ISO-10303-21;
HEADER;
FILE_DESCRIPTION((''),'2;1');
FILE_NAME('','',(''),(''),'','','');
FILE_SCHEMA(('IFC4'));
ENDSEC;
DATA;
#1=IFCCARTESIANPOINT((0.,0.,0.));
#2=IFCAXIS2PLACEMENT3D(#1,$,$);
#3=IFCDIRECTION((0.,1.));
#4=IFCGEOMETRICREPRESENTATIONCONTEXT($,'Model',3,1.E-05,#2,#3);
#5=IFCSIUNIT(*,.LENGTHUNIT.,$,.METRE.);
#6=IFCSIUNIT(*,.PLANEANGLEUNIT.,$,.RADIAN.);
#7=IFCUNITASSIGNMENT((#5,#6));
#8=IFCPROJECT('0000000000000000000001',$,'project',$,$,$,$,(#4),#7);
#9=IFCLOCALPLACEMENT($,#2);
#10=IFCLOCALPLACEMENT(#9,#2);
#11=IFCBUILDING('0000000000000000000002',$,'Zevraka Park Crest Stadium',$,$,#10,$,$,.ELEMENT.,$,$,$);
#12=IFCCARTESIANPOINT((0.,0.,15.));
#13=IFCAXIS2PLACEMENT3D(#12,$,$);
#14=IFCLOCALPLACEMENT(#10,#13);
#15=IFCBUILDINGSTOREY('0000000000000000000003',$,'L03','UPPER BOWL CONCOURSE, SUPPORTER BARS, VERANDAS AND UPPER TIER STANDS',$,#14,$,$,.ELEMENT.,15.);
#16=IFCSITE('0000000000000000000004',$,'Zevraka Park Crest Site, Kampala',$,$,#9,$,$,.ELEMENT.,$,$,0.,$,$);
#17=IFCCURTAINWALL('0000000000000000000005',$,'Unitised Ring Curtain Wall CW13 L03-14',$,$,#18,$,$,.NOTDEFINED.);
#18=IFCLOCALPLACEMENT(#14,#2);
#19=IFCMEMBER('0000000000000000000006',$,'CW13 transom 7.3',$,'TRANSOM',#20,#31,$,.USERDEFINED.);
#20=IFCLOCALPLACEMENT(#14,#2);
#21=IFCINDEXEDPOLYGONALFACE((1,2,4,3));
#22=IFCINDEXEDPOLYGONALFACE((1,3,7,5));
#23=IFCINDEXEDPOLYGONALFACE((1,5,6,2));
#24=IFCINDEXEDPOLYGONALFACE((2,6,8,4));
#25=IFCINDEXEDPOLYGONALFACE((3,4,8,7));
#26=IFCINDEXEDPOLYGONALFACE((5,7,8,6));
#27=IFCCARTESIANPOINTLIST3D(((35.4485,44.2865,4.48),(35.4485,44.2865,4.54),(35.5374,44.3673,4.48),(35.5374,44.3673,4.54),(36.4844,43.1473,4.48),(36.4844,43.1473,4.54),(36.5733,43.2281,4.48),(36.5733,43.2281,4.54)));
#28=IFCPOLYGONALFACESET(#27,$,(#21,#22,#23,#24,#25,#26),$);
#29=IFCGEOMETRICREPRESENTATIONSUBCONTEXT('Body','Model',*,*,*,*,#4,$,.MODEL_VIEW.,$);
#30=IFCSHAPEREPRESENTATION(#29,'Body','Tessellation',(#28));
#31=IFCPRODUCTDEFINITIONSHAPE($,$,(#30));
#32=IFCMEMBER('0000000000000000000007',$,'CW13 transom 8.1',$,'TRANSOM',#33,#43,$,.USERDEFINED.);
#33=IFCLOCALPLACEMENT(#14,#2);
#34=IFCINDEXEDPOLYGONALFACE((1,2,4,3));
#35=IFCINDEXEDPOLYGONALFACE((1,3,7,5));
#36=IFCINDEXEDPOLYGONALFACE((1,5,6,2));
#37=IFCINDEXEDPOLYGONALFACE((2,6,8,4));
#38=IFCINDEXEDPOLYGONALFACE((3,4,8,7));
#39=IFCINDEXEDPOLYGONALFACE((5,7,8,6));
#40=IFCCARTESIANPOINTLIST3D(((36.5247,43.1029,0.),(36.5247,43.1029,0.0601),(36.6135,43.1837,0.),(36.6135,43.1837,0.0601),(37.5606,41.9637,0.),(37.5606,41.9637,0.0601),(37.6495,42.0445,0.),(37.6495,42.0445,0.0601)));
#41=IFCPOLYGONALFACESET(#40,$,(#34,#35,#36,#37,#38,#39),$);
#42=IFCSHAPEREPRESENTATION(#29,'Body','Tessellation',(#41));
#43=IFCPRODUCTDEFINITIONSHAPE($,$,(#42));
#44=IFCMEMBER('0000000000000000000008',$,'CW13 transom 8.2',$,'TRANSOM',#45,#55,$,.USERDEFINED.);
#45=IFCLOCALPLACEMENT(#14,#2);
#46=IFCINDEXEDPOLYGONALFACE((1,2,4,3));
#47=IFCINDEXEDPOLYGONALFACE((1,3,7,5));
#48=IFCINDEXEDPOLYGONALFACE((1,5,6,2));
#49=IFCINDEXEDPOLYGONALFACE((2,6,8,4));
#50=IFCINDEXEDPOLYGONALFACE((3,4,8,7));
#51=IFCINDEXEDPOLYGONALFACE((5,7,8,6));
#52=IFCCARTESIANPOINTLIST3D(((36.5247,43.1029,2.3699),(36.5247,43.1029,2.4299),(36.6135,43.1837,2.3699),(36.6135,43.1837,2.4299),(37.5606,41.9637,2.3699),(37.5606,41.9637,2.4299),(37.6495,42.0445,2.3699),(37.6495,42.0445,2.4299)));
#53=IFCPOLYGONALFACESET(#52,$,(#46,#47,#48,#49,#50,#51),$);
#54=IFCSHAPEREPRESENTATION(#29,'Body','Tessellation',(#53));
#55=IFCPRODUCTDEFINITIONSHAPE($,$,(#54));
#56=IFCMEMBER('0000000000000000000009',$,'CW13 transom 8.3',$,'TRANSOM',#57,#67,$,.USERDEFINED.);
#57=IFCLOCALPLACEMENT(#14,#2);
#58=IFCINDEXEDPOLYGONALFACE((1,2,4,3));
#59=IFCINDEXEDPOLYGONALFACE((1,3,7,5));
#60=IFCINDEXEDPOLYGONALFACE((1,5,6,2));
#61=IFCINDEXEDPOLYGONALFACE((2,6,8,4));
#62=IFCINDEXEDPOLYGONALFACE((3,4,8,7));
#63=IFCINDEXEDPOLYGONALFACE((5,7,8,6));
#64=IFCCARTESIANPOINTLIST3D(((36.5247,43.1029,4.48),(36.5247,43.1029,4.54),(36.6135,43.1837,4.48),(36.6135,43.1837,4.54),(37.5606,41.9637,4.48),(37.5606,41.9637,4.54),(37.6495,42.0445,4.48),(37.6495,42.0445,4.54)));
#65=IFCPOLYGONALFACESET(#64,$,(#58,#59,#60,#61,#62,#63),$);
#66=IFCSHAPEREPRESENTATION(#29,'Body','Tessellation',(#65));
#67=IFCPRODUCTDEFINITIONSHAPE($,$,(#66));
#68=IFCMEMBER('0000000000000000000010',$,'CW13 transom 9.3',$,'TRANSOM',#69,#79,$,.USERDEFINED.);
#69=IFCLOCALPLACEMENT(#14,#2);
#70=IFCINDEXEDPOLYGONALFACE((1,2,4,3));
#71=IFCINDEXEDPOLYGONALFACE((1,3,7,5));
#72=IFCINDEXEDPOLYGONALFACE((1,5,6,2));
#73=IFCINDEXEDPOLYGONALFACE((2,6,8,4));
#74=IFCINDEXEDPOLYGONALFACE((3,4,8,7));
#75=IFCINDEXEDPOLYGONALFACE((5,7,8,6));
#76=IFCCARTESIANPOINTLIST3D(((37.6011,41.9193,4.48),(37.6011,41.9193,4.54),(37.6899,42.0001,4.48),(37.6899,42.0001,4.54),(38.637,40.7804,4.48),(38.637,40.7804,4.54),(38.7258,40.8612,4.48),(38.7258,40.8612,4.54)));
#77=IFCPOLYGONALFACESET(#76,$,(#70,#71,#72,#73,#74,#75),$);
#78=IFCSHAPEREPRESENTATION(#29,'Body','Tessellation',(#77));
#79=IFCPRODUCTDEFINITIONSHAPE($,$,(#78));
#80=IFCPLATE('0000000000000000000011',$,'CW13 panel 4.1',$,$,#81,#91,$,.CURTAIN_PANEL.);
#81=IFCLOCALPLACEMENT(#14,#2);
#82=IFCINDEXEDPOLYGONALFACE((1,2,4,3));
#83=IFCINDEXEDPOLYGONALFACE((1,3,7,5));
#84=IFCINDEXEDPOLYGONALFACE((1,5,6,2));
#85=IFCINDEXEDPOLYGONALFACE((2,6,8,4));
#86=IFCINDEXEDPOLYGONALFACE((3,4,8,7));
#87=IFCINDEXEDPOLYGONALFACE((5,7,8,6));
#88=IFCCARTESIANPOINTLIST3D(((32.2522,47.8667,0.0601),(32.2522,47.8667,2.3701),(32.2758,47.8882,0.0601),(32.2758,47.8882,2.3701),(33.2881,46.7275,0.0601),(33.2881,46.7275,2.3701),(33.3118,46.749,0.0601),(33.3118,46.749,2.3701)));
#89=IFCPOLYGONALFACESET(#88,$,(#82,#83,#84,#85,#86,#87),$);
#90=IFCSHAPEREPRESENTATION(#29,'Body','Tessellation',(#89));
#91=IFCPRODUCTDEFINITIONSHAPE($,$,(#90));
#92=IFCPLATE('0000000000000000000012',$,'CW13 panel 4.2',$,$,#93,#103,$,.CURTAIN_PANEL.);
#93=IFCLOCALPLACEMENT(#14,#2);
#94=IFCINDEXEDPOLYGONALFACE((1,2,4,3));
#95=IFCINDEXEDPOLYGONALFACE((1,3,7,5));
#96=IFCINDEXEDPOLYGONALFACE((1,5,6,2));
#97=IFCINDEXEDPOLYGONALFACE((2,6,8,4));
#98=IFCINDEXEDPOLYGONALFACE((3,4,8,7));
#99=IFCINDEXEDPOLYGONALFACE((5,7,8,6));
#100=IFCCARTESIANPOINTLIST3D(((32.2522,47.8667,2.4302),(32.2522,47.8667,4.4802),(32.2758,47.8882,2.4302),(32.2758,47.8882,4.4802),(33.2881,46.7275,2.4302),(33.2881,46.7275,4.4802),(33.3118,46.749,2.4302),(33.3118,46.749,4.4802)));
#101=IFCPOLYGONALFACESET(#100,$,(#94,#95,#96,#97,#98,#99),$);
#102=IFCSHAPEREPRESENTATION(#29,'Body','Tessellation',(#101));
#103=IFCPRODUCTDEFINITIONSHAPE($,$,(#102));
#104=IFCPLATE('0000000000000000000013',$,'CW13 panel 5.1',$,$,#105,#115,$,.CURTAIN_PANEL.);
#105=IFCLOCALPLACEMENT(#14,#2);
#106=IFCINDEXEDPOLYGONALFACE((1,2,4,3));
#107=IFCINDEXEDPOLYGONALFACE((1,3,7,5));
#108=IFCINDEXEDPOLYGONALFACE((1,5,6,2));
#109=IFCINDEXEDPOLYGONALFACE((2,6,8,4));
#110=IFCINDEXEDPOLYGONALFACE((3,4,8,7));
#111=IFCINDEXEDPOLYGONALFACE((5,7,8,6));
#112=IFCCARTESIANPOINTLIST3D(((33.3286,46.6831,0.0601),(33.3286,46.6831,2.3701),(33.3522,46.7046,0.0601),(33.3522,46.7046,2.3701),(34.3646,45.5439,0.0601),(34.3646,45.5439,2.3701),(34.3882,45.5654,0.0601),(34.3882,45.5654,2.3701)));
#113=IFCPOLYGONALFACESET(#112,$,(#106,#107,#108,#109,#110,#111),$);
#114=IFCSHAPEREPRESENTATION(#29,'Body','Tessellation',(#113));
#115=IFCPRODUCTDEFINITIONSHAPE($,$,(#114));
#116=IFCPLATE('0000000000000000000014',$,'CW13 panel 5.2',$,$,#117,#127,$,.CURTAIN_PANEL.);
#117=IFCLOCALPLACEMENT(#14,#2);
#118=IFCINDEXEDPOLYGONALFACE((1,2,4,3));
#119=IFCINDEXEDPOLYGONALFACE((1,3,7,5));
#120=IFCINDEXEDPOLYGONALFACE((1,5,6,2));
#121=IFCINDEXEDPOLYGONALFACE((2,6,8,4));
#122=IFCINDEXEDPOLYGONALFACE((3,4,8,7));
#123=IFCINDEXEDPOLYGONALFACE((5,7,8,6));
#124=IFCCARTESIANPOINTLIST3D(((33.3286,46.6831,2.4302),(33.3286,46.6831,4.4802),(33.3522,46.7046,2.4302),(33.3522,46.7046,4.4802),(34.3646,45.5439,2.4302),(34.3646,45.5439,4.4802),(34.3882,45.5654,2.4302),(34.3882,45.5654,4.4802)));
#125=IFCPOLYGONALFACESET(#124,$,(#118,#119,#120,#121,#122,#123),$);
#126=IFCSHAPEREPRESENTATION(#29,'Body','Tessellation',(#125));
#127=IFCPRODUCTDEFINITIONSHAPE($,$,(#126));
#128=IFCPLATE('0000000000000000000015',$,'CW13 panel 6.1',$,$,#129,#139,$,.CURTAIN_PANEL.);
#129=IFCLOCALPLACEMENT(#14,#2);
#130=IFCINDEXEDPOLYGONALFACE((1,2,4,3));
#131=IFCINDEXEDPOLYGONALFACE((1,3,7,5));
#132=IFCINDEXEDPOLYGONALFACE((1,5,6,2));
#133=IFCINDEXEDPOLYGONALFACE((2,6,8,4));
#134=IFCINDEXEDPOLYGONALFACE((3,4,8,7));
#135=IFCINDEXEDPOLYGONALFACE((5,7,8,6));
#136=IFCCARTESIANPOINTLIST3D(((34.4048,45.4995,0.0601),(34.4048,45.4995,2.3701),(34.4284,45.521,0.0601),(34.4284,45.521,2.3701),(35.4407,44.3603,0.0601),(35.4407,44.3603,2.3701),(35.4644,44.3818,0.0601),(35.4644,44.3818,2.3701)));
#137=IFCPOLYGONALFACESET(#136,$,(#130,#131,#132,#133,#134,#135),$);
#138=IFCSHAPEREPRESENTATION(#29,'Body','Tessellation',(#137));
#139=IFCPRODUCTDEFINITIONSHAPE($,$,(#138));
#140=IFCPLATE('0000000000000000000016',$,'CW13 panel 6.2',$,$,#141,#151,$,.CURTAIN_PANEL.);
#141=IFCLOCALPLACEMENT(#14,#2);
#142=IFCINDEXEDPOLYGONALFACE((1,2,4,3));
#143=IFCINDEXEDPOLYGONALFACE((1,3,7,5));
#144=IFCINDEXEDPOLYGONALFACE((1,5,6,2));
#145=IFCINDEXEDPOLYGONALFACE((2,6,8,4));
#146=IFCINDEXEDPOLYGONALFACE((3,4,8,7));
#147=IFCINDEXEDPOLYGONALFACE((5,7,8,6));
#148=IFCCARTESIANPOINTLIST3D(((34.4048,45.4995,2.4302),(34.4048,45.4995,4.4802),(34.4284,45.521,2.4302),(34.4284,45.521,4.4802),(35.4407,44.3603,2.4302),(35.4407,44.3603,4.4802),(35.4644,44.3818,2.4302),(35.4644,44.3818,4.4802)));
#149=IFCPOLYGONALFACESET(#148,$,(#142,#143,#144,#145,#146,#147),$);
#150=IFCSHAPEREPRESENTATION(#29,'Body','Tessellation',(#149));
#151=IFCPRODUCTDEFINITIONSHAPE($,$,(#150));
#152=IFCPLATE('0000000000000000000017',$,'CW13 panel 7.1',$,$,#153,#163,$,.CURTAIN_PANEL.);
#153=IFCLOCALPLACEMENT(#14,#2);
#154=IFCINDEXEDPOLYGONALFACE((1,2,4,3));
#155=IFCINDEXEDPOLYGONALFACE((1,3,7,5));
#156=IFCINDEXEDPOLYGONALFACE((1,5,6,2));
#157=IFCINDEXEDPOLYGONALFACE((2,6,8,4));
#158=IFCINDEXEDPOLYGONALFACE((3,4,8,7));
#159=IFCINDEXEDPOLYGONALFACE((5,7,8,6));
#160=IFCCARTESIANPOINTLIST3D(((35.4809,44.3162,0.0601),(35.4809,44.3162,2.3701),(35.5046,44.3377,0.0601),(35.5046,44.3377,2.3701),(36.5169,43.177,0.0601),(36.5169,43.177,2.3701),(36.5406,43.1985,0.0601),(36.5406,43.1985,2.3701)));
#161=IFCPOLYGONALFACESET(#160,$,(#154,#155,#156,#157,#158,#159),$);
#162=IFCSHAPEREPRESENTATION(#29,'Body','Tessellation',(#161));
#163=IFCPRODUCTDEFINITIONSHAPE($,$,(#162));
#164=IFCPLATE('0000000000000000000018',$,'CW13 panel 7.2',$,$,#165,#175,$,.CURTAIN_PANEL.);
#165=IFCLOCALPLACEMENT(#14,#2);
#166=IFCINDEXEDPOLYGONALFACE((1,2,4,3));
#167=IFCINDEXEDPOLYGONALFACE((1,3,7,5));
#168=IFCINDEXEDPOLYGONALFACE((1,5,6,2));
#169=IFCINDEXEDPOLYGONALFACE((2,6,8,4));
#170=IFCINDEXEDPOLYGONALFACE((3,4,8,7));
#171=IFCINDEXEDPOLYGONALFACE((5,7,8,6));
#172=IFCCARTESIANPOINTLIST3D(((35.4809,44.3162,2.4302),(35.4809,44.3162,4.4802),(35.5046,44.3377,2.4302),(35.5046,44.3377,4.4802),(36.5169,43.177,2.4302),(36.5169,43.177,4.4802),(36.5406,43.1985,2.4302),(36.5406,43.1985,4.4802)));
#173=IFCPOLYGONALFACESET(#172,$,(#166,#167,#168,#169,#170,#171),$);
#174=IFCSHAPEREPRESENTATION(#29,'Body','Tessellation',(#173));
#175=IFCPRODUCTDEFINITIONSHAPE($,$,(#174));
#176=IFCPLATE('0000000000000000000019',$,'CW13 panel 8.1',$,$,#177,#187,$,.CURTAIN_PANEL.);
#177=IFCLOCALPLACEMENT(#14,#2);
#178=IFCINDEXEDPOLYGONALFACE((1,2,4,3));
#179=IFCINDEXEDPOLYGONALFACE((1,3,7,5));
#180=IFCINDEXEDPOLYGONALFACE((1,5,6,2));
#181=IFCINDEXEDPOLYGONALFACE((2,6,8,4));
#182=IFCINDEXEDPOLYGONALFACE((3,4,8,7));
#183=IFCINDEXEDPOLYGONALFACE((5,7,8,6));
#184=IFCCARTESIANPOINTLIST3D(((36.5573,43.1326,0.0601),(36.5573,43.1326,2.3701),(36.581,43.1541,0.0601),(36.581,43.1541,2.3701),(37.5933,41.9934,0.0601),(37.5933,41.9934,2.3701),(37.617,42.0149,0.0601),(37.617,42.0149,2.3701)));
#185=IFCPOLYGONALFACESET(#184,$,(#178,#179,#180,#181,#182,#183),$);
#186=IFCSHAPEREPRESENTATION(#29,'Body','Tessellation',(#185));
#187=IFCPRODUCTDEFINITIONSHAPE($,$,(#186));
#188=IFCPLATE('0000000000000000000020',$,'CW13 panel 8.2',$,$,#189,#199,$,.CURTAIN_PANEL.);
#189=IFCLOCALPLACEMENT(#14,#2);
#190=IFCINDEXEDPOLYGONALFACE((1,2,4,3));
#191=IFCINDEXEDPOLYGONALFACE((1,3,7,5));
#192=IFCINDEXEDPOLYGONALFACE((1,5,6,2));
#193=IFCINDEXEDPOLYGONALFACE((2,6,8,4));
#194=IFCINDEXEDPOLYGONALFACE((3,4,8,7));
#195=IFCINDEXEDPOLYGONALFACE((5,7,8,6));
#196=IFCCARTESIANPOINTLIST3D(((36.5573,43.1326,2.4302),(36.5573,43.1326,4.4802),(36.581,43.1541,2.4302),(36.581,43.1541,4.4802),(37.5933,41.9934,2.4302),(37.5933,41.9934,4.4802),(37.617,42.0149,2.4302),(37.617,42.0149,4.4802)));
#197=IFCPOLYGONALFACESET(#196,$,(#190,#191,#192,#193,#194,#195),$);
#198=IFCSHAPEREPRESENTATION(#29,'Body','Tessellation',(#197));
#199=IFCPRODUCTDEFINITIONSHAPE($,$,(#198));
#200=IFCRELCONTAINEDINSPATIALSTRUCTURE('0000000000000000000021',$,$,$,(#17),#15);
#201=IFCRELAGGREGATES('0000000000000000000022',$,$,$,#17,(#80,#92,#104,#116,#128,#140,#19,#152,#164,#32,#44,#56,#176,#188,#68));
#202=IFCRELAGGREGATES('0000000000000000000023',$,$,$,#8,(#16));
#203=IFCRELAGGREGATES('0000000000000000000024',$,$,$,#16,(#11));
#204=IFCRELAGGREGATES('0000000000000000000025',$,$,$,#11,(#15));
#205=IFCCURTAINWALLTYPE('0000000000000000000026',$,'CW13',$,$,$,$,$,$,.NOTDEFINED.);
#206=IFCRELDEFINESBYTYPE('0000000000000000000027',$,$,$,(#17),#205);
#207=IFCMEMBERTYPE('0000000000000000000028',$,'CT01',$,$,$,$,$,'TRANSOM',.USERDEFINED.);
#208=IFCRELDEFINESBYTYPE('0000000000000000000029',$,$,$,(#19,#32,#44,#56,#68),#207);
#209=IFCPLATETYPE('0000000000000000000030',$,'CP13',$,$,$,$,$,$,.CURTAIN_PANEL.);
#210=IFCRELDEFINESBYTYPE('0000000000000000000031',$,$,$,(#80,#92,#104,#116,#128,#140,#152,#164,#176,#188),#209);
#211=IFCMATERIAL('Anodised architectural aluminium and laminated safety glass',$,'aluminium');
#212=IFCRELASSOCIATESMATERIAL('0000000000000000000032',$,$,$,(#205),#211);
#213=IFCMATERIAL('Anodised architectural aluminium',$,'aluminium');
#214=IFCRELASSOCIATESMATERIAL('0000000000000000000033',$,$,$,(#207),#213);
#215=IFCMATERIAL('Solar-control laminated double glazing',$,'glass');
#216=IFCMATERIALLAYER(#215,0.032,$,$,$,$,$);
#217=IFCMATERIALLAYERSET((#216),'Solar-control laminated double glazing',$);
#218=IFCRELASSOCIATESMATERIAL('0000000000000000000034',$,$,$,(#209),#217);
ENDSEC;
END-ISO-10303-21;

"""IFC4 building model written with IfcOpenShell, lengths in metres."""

from ifc_helpers import new_model, si_unit, direction, frame, origin, origin_2d, place, context, subcontext, project, spatial, rectangle, extrude, material, layer, layer_set, material_profile, profile_set, type_object, element, aggregate, save


model = new_model("IFC4")

# Units and contexts
model_context = context("Model", 3, precision=1e-05, world=origin(), true_north=direction((0.0, 1.0)))
body_context = subcontext(model_context, "Body", "Model", "MODEL_VIEW")
ifc_project = project(units=[si_unit("LENGTHUNIT", "METRE"), si_unit("PLANEANGLEUNIT", "RADIAN")], contexts=[model_context])

# Site, building, storey
site_placement = place(None, origin())
site = spatial("IfcSite", under=ifc_project, at=site_placement, Name="Zevraka Park Crest Site, Kampala", CompositionType="ELEMENT", RefElevation=0.0)
building_placement = place(site_placement, origin())
building = spatial("IfcBuilding", under=site, at=building_placement, Name="Zevraka Park Crest Stadium", CompositionType="ELEMENT")
storey_placement = place(building_placement, frame((0.0, 0.0, 15.0)))
storey = spatial("IfcBuildingStorey", under=building, at=storey_placement, Name="L03", Description="UPPER BOWL CONCOURSE, SUPPORTER BARS, VERANDAS AND UPPER TIER STANDS", CompositionType="ELEMENT", Elevation=15.0)

# Curtain wall, members, plates
ifc_material_1 = material(Name="Anodised architectural aluminium and laminated safety glass", Category="aluminium")
curtain_wall_type = type_object("IfcCurtainWallType", Name="CW13", PredefinedType="NOTDEFINED", material=ifc_material_1)
curtain_wall_placement = place(storey_placement, origin())
curtain_wall = element("IfcCurtainWall", 1, at=curtain_wall_placement, inside=storey, type_object=curtain_wall_type, Name="Unitised Ring Curtain Wall CW13 L03-14", PredefinedType="NOTDEFINED")
ifc_material_2 = material(Name="Anodised architectural aluminium", Category="aluminium")
ifc_material_profile_1 = material_profile(ifc_material_2, rectangle(XDim=0.1201, YDim=0.0601, at=origin_2d()), Name="ALU TRANSOM 120x60")
ifc_profile_set_1 = profile_set([ifc_material_profile_1], Name="Anodised architectural aluminium")
member_type_1 = type_object("IfcMemberType", Name="CT01", ElementType="TRANSOM", PredefinedType="USERDEFINED", material=ifc_profile_set_1)
member_1_placement = place(storey_placement, frame((35.4929, 44.3269, 4.51), z_axis=(0.672775, -0.739847, 0.0), x_axis=(0.739847, 0.672775, 0.0)))
member_1 = element("IfcMember", 2, at=member_1_placement, type_object=member_type_1, Name="CW13 transom 7.3", ObjectType="TRANSOM", PredefinedType="USERDEFINED", context=body_context, shape_type="SweptSolid", body=[
    extrude(rectangle(XDim=0.1201, YDim=0.0601, at=origin_2d()), origin(), (0.0, 0.0, 1.0), 1.5398),
])
member_2_placement = place(storey_placement, frame((36.5691, 43.1433, 0.03), z_axis=(0.672775, -0.739847, 0.0), x_axis=(0.739847, 0.672775, 0.0)))
member_2 = element("IfcMember", 3, at=member_2_placement, type_object=member_type_1, Name="CW13 transom 8.1", ObjectType="TRANSOM", PredefinedType="USERDEFINED", context=body_context, shape_type="SweptSolid", body=[
    extrude(rectangle(XDim=0.1201, YDim=0.0601, at=origin_2d()), origin(), (0.0, 0.0, 1.0), 1.5398),
])
member_3_placement = place(storey_placement, frame((36.5691, 43.1433, 2.3999), z_axis=(0.672775, -0.739847, 0.0), x_axis=(0.739847, 0.672775, 0.0)))
member_3 = element("IfcMember", 4, at=member_3_placement, type_object=member_type_1, Name="CW13 transom 8.2", ObjectType="TRANSOM", PredefinedType="USERDEFINED", context=body_context, shape_type="SweptSolid", body=[
    extrude(rectangle(XDim=0.1201, YDim=0.0601, at=origin_2d()), origin(), (0.0, 0.0, 1.0), 1.5398),
])
member_4_placement = place(storey_placement, frame((36.5691, 43.1433, 4.51), z_axis=(0.672775, -0.739847, 0.0), x_axis=(0.739847, 0.672775, 0.0)))
member_4 = element("IfcMember", 5, at=member_4_placement, type_object=member_type_1, Name="CW13 transom 8.3", ObjectType="TRANSOM", PredefinedType="USERDEFINED", context=body_context, shape_type="SweptSolid", body=[
    extrude(rectangle(XDim=0.1201, YDim=0.0601, at=origin_2d()), origin(), (0.0, 0.0, 1.0), 1.5398),
])
member_5_placement = place(storey_placement, frame((37.6455, 41.9597, 4.51), z_axis=(0.672854, -0.739775, 0.0), x_axis=(0.739775, 0.672854, 0.0)))
member_5 = element("IfcMember", 6, at=member_5_placement, type_object=member_type_1, Name="CW13 transom 9.3", ObjectType="TRANSOM", PredefinedType="USERDEFINED", context=body_context, shape_type="SweptSolid", body=[
    extrude(rectangle(XDim=0.1201, YDim=0.0601, at=origin_2d()), origin(), (0.0, 0.0, 1.0), 1.5396),
])
ifc_material_3 = material(Name="Solar-control laminated double glazing", Category="glass")
ifc_layer_1 = layer(ifc_material_3, 0.032)
ifc_layer_set_1 = layer_set([ifc_layer_1], Name="Solar-control laminated double glazing")
plate_type = type_object("IfcPlateType", Name="CP13", PredefinedType="CURTAIN_PANEL", material=ifc_layer_set_1)
plate_1_placement = place(storey_placement, frame((32.782, 47.3079, 0.0601), z_axis=(0.0, 0.0, 1.0), x_axis=(0.672802, -0.739823, 0.0)))
plate_1 = element("IfcPlate", 7, at=plate_1_placement, type_object=plate_type, Name="CW13 panel 4.1", PredefinedType="CURTAIN_PANEL", context=body_context, shape_type="SweptSolid", body=[
    extrude(rectangle(XDim=1.5398, YDim=0.032, at=origin_2d()), origin(), (0.0, 0.0, 1.0), 2.3101),
])
plate_2_placement = place(storey_placement, frame((32.782, 47.3079, 2.4302), z_axis=(0.0, 0.0, 1.0), x_axis=(0.672802, -0.739823, 0.0)))
plate_2 = element("IfcPlate", 8, at=plate_2_placement, type_object=plate_type, Name="CW13 panel 4.2", PredefinedType="CURTAIN_PANEL", context=body_context, shape_type="SweptSolid", body=[
    extrude(rectangle(XDim=1.5398, YDim=0.032, at=origin_2d()), origin(), (0.0, 0.0, 1.0), 2.05),
])
plate_3_placement = place(storey_placement, frame((33.8584, 46.1243, 0.0601), z_axis=(0.0, 0.0, 1.0), x_axis=(0.672802, -0.739823, 0.0)))
plate_3 = element("IfcPlate", 9, at=plate_3_placement, type_object=plate_type, Name="CW13 panel 5.1", PredefinedType="CURTAIN_PANEL", context=body_context, shape_type="SweptSolid", body=[
    extrude(rectangle(XDim=1.5398, YDim=0.032, at=origin_2d()), origin(), (0.0, 0.0, 1.0), 2.3101),
])
plate_4_placement = place(storey_placement, frame((33.8584, 46.1243, 2.4302), z_axis=(0.0, 0.0, 1.0), x_axis=(0.672802, -0.739823, 0.0)))
plate_4 = element("IfcPlate", 10, at=plate_4_placement, type_object=plate_type, Name="CW13 panel 5.2", PredefinedType="CURTAIN_PANEL", context=body_context, shape_type="SweptSolid", body=[
    extrude(rectangle(XDim=1.5398, YDim=0.032, at=origin_2d()), origin(), (0.0, 0.0, 1.0), 2.05),
])
plate_5_placement = place(storey_placement, frame((34.9346, 44.9407, 0.0601), z_axis=(0.0, 0.0, 1.0), x_axis=(0.672802, -0.739823, 0.0)))
plate_5 = element("IfcPlate", 11, at=plate_5_placement, type_object=plate_type, Name="CW13 panel 6.1", PredefinedType="CURTAIN_PANEL", context=body_context, shape_type="SweptSolid", body=[
    extrude(rectangle(XDim=1.5398, YDim=0.032, at=origin_2d()), origin(), (0.0, 0.0, 1.0), 2.3101),
])
plate_6_placement = place(storey_placement, frame((34.9346, 44.9407, 2.4302), z_axis=(0.0, 0.0, 1.0), x_axis=(0.672802, -0.739823, 0.0)))
plate_6 = element("IfcPlate", 12, at=plate_6_placement, type_object=plate_type, Name="CW13 panel 6.2", PredefinedType="CURTAIN_PANEL", context=body_context, shape_type="SweptSolid", body=[
    extrude(rectangle(XDim=1.5398, YDim=0.032, at=origin_2d()), origin(), (0.0, 0.0, 1.0), 2.05),
])
plate_7_placement = place(storey_placement, frame((36.0107, 43.7573, 0.0601), z_axis=(0.0, 0.0, 1.0), x_axis=(0.672802, -0.739823, 0.0)))
plate_7 = element("IfcPlate", 13, at=plate_7_placement, type_object=plate_type, Name="CW13 panel 7.1", PredefinedType="CURTAIN_PANEL", context=body_context, shape_type="SweptSolid", body=[
    extrude(rectangle(XDim=1.5398, YDim=0.032, at=origin_2d()), origin(), (0.0, 0.0, 1.0), 2.3101),
])
plate_8_placement = place(storey_placement, frame((36.0107, 43.7573, 2.4302), z_axis=(0.0, 0.0, 1.0), x_axis=(0.672802, -0.739823, 0.0)))
plate_8 = element("IfcPlate", 14, at=plate_8_placement, type_object=plate_type, Name="CW13 panel 7.2", PredefinedType="CURTAIN_PANEL", context=body_context, shape_type="SweptSolid", body=[
    extrude(rectangle(XDim=1.5398, YDim=0.032, at=origin_2d()), origin(), (0.0, 0.0, 1.0), 2.05),
])
plate_9_placement = place(storey_placement, frame((37.0872, 42.5737, 0.0601), z_axis=(0.0, 0.0, 1.0), x_axis=(0.672802, -0.739823, 0.0)))
plate_9 = element("IfcPlate", 15, at=plate_9_placement, type_object=plate_type, Name="CW13 panel 8.1", PredefinedType="CURTAIN_PANEL", context=body_context, shape_type="SweptSolid", body=[
    extrude(rectangle(XDim=1.5398, YDim=0.032, at=origin_2d()), origin(), (0.0, 0.0, 1.0), 2.3101),
])
plate_10_placement = place(storey_placement, frame((37.0872, 42.5737, 2.4302), z_axis=(0.0, 0.0, 1.0), x_axis=(0.672802, -0.739823, 0.0)))
plate_10 = element("IfcPlate", 16, at=plate_10_placement, type_object=plate_type, Name="CW13 panel 8.2", PredefinedType="CURTAIN_PANEL", context=body_context, shape_type="SweptSolid", body=[
    extrude(rectangle(XDim=1.5398, YDim=0.032, at=origin_2d()), origin(), (0.0, 0.0, 1.0), 2.05),
])
aggregate(curtain_wall, [plate_1, plate_2, plate_3, plate_4, plate_5, plate_6, member_1, plate_7, plate_8, member_2, member_3, member_4, plate_9, plate_10, member_5])

save(model, "model.ifc")
